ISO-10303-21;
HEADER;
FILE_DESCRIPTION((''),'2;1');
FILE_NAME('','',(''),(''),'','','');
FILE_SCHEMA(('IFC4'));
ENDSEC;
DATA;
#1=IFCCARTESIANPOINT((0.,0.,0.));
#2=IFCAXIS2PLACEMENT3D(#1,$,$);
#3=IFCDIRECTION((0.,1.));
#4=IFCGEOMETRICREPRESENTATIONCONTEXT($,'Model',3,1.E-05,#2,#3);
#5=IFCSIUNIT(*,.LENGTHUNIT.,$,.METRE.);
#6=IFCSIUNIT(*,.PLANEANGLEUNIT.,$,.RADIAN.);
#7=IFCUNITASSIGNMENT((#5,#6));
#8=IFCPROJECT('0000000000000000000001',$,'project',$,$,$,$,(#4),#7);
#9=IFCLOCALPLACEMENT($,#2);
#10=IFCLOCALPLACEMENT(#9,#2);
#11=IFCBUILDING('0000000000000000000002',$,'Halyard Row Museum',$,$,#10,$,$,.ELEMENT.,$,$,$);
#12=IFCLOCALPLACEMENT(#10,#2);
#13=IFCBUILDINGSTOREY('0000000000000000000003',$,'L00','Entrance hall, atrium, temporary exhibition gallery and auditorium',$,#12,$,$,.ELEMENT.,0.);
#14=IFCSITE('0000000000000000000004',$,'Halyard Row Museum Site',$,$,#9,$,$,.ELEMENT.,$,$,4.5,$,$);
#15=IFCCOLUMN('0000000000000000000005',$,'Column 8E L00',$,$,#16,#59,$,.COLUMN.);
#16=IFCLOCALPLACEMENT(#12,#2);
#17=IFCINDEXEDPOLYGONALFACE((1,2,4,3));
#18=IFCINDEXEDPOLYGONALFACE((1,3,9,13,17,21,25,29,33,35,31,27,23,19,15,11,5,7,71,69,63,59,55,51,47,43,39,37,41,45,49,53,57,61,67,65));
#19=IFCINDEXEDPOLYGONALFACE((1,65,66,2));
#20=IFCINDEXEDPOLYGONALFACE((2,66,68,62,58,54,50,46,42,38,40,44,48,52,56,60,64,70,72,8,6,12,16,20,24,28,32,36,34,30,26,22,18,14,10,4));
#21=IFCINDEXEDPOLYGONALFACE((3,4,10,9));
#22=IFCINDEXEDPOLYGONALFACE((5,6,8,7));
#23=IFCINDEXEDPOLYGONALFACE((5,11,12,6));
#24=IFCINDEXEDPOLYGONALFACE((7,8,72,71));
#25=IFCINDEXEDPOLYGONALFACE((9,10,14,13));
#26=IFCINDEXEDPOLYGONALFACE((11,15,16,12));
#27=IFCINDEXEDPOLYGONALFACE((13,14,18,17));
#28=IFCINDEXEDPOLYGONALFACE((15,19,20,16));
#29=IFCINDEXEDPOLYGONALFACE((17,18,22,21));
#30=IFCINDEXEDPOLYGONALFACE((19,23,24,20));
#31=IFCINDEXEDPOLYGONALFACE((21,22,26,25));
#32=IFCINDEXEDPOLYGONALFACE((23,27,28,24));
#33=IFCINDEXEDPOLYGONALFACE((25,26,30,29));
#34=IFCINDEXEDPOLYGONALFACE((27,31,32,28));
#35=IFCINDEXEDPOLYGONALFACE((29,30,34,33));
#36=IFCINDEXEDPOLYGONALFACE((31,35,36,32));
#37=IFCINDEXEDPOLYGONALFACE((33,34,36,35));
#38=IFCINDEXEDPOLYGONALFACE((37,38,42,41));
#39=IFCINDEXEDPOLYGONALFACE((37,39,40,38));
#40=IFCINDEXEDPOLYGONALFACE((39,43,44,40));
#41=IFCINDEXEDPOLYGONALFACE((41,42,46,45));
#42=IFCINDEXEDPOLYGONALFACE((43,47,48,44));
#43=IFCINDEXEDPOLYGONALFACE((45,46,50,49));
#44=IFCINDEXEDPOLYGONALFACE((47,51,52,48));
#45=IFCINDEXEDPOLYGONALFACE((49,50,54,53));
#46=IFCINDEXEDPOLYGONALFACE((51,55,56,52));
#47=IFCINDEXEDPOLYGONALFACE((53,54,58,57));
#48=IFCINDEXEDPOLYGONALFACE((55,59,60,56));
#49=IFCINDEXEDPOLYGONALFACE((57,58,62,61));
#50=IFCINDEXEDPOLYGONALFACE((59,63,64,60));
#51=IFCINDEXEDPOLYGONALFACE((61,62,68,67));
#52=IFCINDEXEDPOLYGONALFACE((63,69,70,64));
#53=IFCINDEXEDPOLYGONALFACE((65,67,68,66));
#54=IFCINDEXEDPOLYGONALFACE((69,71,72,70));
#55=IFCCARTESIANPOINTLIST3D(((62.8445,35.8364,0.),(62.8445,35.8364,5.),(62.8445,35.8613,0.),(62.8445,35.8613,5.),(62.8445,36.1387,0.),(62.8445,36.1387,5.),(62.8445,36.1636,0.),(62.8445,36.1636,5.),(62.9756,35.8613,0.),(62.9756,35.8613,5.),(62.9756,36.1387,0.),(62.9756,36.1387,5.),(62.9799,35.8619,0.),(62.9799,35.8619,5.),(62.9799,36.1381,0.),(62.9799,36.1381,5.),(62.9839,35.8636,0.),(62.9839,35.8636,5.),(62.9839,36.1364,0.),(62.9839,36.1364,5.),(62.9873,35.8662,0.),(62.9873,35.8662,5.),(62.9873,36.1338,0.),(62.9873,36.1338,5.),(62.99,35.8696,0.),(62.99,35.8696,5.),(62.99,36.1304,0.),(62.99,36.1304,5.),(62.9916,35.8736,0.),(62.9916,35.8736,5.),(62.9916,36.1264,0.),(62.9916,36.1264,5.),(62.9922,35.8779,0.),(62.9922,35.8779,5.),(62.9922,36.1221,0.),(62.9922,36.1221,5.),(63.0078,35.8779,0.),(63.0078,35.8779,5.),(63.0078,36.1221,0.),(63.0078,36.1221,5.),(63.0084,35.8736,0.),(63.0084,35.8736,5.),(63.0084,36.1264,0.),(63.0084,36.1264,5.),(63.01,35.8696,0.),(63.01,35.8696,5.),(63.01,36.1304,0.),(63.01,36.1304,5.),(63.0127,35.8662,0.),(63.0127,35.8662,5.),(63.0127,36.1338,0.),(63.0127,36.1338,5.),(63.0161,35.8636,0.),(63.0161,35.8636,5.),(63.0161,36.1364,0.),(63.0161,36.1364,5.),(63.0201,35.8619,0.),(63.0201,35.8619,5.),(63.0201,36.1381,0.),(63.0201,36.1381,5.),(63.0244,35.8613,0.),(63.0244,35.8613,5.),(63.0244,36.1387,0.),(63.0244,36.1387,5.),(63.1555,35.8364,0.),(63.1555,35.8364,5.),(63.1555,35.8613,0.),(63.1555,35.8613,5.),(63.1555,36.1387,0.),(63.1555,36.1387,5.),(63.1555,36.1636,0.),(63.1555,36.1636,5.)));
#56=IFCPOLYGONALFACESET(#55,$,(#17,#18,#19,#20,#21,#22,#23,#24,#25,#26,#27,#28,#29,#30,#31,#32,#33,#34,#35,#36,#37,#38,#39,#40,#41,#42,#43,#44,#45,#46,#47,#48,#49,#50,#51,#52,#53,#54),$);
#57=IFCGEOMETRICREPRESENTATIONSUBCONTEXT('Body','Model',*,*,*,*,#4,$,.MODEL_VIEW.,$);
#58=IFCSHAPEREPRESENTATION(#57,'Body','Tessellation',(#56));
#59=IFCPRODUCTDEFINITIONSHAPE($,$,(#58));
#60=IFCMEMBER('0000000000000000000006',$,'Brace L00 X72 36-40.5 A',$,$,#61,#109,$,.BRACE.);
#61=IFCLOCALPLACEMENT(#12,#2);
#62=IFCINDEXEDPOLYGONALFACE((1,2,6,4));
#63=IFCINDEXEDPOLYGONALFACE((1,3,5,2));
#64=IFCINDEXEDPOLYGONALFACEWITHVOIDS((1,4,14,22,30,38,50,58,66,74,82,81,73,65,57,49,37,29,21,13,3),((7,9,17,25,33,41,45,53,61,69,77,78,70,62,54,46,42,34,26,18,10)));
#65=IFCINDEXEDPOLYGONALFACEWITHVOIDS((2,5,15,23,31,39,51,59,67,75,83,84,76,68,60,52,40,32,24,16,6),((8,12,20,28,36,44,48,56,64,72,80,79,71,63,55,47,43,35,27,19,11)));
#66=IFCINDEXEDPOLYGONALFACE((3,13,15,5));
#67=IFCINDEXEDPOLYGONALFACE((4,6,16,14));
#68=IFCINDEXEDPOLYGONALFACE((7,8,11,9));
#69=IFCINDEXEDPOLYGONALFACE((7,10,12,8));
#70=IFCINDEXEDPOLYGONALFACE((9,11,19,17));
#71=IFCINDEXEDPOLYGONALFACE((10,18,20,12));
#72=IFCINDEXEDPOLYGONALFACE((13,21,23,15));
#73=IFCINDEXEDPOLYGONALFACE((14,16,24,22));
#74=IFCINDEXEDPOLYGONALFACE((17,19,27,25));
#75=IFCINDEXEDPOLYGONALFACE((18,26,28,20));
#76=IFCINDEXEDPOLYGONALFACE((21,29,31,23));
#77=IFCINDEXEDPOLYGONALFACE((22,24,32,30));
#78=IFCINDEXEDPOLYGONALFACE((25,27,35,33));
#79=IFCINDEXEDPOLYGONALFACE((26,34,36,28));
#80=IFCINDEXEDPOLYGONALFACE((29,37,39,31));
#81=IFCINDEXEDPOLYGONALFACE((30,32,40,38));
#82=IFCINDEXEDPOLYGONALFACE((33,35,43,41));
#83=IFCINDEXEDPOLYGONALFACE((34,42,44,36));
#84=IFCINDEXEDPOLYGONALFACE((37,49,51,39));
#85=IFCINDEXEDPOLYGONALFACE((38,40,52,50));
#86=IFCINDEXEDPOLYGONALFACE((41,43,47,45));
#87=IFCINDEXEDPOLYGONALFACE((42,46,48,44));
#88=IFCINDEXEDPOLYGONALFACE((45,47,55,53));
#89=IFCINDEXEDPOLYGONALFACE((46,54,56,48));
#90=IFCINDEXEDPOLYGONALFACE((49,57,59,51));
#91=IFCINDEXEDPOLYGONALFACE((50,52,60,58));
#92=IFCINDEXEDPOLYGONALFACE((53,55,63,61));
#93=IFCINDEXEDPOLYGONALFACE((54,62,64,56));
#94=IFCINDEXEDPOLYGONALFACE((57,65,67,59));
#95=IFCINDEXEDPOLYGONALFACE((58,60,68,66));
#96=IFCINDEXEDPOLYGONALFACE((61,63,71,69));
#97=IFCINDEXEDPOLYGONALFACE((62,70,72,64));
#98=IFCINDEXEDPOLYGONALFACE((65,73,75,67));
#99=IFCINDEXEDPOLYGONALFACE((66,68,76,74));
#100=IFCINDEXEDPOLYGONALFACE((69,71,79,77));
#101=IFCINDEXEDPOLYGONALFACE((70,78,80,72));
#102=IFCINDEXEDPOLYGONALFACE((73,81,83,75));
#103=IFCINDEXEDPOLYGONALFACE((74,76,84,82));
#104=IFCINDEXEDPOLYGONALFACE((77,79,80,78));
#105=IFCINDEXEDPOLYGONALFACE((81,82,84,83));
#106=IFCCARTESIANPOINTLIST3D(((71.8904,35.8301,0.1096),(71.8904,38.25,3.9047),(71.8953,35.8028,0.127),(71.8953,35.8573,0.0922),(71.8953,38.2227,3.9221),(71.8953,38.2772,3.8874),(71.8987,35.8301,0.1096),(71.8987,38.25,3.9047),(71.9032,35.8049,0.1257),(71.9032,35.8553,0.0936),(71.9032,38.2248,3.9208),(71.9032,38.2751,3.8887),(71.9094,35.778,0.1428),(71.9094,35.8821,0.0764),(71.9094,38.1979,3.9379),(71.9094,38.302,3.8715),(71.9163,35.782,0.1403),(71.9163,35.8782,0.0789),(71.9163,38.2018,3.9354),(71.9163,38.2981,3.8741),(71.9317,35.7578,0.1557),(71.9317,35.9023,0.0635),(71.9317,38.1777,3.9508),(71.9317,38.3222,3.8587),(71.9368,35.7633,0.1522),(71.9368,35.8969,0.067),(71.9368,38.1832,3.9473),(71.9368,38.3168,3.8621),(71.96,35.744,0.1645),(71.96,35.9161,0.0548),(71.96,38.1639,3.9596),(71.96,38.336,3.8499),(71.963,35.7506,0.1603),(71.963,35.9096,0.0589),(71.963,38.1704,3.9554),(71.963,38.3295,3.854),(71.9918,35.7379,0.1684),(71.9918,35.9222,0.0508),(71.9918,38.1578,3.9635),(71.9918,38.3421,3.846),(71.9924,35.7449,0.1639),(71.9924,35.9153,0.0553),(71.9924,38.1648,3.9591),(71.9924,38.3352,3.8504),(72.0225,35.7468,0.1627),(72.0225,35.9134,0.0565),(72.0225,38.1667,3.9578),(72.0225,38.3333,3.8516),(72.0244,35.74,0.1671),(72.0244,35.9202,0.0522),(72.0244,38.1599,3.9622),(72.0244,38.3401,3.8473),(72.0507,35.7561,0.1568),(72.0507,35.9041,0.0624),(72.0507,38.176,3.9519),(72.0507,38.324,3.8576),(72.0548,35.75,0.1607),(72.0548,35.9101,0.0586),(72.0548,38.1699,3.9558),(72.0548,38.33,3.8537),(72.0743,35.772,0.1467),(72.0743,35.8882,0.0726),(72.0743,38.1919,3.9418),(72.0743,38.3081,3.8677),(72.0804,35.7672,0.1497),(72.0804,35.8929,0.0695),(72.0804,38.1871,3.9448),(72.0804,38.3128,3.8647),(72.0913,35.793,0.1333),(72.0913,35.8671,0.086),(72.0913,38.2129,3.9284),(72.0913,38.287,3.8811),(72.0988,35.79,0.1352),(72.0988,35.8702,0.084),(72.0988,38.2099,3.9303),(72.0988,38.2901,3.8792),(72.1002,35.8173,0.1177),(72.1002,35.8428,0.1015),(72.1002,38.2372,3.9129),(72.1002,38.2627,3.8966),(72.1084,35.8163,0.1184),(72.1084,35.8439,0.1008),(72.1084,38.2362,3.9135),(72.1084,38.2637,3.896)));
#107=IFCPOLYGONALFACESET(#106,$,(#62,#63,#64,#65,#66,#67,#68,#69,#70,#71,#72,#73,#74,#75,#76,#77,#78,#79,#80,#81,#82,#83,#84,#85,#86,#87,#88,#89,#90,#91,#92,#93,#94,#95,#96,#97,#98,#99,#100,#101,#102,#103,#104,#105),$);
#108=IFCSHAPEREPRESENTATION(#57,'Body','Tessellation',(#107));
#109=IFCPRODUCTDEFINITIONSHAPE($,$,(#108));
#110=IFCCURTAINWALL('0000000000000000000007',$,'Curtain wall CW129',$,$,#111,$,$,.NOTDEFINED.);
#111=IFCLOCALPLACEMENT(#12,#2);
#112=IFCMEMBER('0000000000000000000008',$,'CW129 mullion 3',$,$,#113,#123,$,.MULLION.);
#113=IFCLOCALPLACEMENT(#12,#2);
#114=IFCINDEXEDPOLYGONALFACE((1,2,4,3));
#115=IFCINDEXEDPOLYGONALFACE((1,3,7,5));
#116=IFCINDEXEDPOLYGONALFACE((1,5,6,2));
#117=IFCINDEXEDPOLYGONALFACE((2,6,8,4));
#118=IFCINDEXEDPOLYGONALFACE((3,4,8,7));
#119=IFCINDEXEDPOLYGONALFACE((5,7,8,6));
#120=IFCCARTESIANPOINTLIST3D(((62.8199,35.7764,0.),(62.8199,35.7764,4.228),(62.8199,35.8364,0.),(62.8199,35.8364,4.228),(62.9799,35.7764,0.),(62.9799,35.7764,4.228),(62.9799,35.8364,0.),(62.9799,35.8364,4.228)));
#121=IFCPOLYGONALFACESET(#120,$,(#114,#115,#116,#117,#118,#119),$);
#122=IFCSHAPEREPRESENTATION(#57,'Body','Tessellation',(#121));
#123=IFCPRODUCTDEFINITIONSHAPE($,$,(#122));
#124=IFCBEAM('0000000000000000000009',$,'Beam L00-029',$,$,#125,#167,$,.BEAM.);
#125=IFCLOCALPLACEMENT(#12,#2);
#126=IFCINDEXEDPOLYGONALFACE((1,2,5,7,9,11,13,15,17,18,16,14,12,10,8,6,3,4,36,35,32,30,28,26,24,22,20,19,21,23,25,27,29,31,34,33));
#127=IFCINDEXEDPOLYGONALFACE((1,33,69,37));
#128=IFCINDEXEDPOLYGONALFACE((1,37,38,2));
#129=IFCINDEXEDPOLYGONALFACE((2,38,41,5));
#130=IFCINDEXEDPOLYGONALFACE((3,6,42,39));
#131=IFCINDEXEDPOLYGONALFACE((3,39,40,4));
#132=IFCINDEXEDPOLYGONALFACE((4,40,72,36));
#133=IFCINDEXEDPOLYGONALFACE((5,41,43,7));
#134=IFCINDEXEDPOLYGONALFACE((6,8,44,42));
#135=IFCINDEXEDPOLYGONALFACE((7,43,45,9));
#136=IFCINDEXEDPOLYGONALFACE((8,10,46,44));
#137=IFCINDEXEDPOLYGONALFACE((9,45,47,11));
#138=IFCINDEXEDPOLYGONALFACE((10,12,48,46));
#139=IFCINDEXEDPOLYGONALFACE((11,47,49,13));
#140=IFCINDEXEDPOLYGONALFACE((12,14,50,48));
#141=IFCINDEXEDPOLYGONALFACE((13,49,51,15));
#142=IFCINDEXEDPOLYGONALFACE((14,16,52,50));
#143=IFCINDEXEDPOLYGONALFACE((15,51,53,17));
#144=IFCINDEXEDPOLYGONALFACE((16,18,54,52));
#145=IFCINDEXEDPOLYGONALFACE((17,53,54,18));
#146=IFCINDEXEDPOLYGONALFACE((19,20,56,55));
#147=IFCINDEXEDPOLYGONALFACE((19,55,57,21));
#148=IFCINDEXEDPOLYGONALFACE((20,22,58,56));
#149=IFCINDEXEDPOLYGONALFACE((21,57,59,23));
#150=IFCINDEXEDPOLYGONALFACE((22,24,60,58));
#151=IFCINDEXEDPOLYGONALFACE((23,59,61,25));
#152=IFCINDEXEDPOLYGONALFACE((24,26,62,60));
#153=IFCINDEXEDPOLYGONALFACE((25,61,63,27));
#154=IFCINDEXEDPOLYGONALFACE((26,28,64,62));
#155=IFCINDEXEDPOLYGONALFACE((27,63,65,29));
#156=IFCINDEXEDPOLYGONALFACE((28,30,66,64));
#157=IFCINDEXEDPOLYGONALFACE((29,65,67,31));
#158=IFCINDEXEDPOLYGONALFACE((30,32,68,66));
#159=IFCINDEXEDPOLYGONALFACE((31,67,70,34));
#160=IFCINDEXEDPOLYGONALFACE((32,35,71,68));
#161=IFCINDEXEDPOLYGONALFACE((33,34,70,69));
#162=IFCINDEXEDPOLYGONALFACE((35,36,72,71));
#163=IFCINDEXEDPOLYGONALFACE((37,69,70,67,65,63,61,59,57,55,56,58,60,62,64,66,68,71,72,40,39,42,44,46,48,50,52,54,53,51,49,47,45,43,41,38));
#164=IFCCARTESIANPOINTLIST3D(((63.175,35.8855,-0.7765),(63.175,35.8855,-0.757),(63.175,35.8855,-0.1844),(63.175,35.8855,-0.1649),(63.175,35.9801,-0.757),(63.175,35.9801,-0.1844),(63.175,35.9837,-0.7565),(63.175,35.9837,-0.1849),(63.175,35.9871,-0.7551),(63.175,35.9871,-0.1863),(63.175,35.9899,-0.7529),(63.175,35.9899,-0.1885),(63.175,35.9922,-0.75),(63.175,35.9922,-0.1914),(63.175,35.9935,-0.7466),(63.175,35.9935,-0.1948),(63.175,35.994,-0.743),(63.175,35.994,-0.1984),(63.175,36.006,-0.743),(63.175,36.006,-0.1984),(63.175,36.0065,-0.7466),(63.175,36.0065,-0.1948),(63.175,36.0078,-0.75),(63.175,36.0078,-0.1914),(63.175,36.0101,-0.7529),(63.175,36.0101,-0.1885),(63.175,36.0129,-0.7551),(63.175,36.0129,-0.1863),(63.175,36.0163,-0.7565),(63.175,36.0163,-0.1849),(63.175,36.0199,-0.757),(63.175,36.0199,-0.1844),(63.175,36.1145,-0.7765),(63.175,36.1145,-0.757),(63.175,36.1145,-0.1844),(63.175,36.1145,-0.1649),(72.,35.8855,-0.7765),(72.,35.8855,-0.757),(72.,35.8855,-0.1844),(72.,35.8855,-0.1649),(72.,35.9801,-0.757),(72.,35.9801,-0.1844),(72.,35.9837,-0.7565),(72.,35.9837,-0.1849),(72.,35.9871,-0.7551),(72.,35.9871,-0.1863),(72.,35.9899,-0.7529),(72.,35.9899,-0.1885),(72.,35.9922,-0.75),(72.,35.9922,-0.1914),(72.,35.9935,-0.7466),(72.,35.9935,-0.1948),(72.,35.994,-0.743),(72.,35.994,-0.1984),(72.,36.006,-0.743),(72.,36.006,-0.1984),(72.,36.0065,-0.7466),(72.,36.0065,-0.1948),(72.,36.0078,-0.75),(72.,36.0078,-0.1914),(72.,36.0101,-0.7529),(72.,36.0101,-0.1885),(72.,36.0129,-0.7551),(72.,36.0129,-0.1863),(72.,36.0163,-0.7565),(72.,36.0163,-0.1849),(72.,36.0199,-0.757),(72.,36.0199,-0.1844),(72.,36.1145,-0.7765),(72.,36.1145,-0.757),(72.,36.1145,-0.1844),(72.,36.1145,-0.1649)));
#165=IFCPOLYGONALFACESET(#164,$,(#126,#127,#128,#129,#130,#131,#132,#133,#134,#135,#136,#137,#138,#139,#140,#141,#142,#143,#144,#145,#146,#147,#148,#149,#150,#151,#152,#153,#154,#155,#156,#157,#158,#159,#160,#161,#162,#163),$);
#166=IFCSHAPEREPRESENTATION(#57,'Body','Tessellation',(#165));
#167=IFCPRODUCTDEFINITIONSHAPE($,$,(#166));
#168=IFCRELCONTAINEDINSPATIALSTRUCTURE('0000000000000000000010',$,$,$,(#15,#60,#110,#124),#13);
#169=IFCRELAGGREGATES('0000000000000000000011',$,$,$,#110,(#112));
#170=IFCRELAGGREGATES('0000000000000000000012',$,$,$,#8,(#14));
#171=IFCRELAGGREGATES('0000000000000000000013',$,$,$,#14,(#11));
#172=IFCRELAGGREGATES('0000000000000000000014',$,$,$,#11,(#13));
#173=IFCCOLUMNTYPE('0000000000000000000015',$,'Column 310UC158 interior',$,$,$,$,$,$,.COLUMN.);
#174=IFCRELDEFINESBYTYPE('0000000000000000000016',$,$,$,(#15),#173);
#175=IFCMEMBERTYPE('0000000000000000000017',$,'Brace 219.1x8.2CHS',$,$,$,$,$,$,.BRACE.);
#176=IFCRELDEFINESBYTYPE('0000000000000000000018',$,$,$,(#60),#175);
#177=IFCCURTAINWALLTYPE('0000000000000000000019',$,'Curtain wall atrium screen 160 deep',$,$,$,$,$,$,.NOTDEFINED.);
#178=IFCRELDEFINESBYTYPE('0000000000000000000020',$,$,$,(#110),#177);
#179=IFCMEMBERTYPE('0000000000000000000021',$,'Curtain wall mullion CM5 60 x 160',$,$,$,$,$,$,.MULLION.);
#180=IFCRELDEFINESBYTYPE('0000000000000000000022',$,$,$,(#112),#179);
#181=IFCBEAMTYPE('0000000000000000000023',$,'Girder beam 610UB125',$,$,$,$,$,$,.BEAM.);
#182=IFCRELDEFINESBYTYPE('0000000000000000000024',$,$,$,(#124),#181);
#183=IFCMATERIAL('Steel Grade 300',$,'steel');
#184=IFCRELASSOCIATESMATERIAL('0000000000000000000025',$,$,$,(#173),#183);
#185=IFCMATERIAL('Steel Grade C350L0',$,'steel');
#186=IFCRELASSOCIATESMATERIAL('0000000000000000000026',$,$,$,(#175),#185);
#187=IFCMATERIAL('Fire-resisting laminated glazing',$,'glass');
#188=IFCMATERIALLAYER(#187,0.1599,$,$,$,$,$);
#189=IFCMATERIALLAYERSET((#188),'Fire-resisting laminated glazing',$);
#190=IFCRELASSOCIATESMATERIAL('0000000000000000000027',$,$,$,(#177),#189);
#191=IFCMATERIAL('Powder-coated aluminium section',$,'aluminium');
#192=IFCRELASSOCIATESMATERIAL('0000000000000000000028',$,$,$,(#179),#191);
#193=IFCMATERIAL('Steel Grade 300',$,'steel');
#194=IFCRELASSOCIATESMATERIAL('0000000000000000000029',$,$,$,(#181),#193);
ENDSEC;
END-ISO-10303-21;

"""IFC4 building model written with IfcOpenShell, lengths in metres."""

from ifc_helpers import new_model, si_unit, direction, frame, origin, origin_2d, place, context, subcontext, project, spatial, rectangle, hollow_circle, i_section, extrude, material, layer, layer_set, material_profile, profile_set, type_object, element, aggregate, save


model = new_model("IFC4")

# Units and contexts
model_context = context("Model", 3, precision=1e-05, world=origin(), true_north=direction((0.0, 1.0)))
body_context = subcontext(model_context, "Body", "Model", "MODEL_VIEW")
ifc_project = project(units=[si_unit("LENGTHUNIT", "METRE"), si_unit("PLANEANGLEUNIT", "RADIAN")], contexts=[model_context])

# Site, building, storey
site_placement = place(None, origin())
site = spatial("IfcSite", under=ifc_project, at=site_placement, Name="Halyard Row Museum Site", CompositionType="ELEMENT", RefElevation=4.5)
building_placement = place(site_placement, origin())
building = spatial("IfcBuilding", under=site, at=building_placement, Name="Halyard Row Museum", CompositionType="ELEMENT")
storey_placement = place(building_placement, origin())
storey = spatial("IfcBuildingStorey", under=building, at=storey_placement, Name="L00", Description="Entrance hall, atrium, temporary exhibition gallery and auditorium", CompositionType="ELEMENT", Elevation=0.0)

# Column
ifc_material_1 = material(Name="Steel Grade 300", Category="steel")
ifc_material_profile_1 = material_profile(ifc_material_1, i_section(OverallWidth=0.311, OverallDepth=0.3271, WebThickness=0.0156, FlangeThickness=0.0249, FilletRadius=0.0166, at=origin_2d()), Name="310UC158")
ifc_profile_set_1 = profile_set([ifc_material_profile_1], Name="Steel Grade 300")
column_type = type_object("IfcColumnType", Name="Column 310UC158 interior", PredefinedType="COLUMN", material=ifc_profile_set_1)
column_placement = place(storey_placement, frame((63.0, 36.0, 0.0), z_axis=(0.0, 0.0, 1.0), x_axis=(1.0, 0.0, 0.0)))
element("IfcColumn", 1, at=column_placement, inside=storey, type_object=column_type, Name="Column 8E L00", PredefinedType="COLUMN", context=body_context, shape_type="SweptSolid", body=[
    extrude(i_section(OverallWidth=0.311, OverallDepth=0.3271, WebThickness=0.0156, FlangeThickness=0.0249, FilletRadius=0.0166, at=origin_2d()), origin(), (0.0, 0.0, 1.0), 5.0),
])

# Member
ifc_material_2 = material(Name="Steel Grade C350L0", Category="steel")
ifc_material_profile_2 = material_profile(ifc_material_2, hollow_circle(Radius=0.1096, WallThickness=0.0083, at=origin_2d()), Name="219.1x8.2CHS")
ifc_profile_set_2 = profile_set([ifc_material_profile_2], Name="Steel Grade C350L0")
member_type_1 = type_object("IfcMemberType", Name="Brace 219.1x8.2CHS", PredefinedType="BRACE", material=ifc_profile_set_2)
member_1_placement = place(storey_placement, frame((72.0, 35.8301, 0.1096), z_axis=(0.0, 0.537637, 0.843176), x_axis=(-1.0, 0.0, 0.0)))
element("IfcMember", 2, at=member_1_placement, inside=storey, type_object=member_type_1, Name="Brace L00 X72 36-40.5 A", PredefinedType="BRACE", context=body_context, shape_type="SweptSolid", body=[
    extrude(hollow_circle(Radius=0.1096, WallThickness=0.0083, at=origin_2d()), origin(), (0.0, 0.0, 1.0), 4.501),
])

# Curtain wall, member
ifc_material_3 = material(Name="Fire-resisting laminated glazing", Category="glass")
ifc_layer_1 = layer(ifc_material_3, 0.1599)
ifc_layer_set_1 = layer_set([ifc_layer_1], Name="Fire-resisting laminated glazing")
curtain_wall_type = type_object("IfcCurtainWallType", Name="Curtain wall atrium screen 160 deep", PredefinedType="NOTDEFINED", material=ifc_layer_set_1)
curtain_wall_placement = place(storey_placement, origin())
curtain_wall = element("IfcCurtainWall", 3, at=curtain_wall_placement, inside=storey, type_object=curtain_wall_type, Name="Curtain wall CW129", PredefinedType="NOTDEFINED")
ifc_material_4 = material(Name="Powder-coated aluminium section", Category="aluminium")
ifc_material_profile_3 = material_profile(ifc_material_4, rectangle(XDim=0.1599, YDim=0.0601, at=origin_2d()), Name="160x60 mullion")
ifc_profile_set_3 = profile_set([ifc_material_profile_3], Name="Powder-coated aluminium section")
member_type_2 = type_object("IfcMemberType", Name="Curtain wall mullion CM5 60 x 160", PredefinedType="MULLION", material=ifc_profile_set_3)
member_2_placement = place(storey_placement, frame((62.8999, 35.8064, 0.0), z_axis=(0.0, 0.0, 1.0), x_axis=(-1.0, 0.0, 0.0)))
member_2 = element("IfcMember", 4, at=member_2_placement, type_object=member_type_2, Name="CW129 mullion 3", PredefinedType="MULLION", context=body_context, shape_type="SweptSolid", body=[
    extrude(rectangle(XDim=0.1599, YDim=0.0601, at=origin_2d()), origin(), (0.0, 0.0, 1.0), 4.228),
])

# Beam
ifc_material_5 = material(Name="Steel Grade 300", Category="steel")
ifc_material_profile_4 = material_profile(ifc_material_5, i_section(OverallWidth=0.229, OverallDepth=0.6116, WebThickness=0.012, FlangeThickness=0.0195, FilletRadius=0.0139, at=origin_2d()), Name="610UB125")
ifc_profile_set_4 = profile_set([ifc_material_profile_4], Name="Steel Grade 300")
beam_type_1 = type_object("IfcBeamType", Name="Girder beam 610UB125", PredefinedType="BEAM", material=ifc_profile_set_4)
beam_1_placement = place(storey_placement, frame((63.175, 36.0, -0.4707), z_axis=(1.0, 0.0, 0.0), x_axis=(0.0, 1.0, 0.0)))
element("IfcBeam", 5, at=beam_1_placement, inside=storey, type_object=beam_type_1, Name="Beam L00-029", PredefinedType="BEAM", context=body_context, shape_type="SweptSolid", body=[
    extrude(i_section(OverallWidth=0.229, OverallDepth=0.6116, WebThickness=0.012, FlangeThickness=0.0195, FilletRadius=0.0139, at=origin_2d()), origin(), (0.0, 0.0, 1.0), 8.825),
])

aggregate(curtain_wall, [member_2])

save(model, "model.ifc")
